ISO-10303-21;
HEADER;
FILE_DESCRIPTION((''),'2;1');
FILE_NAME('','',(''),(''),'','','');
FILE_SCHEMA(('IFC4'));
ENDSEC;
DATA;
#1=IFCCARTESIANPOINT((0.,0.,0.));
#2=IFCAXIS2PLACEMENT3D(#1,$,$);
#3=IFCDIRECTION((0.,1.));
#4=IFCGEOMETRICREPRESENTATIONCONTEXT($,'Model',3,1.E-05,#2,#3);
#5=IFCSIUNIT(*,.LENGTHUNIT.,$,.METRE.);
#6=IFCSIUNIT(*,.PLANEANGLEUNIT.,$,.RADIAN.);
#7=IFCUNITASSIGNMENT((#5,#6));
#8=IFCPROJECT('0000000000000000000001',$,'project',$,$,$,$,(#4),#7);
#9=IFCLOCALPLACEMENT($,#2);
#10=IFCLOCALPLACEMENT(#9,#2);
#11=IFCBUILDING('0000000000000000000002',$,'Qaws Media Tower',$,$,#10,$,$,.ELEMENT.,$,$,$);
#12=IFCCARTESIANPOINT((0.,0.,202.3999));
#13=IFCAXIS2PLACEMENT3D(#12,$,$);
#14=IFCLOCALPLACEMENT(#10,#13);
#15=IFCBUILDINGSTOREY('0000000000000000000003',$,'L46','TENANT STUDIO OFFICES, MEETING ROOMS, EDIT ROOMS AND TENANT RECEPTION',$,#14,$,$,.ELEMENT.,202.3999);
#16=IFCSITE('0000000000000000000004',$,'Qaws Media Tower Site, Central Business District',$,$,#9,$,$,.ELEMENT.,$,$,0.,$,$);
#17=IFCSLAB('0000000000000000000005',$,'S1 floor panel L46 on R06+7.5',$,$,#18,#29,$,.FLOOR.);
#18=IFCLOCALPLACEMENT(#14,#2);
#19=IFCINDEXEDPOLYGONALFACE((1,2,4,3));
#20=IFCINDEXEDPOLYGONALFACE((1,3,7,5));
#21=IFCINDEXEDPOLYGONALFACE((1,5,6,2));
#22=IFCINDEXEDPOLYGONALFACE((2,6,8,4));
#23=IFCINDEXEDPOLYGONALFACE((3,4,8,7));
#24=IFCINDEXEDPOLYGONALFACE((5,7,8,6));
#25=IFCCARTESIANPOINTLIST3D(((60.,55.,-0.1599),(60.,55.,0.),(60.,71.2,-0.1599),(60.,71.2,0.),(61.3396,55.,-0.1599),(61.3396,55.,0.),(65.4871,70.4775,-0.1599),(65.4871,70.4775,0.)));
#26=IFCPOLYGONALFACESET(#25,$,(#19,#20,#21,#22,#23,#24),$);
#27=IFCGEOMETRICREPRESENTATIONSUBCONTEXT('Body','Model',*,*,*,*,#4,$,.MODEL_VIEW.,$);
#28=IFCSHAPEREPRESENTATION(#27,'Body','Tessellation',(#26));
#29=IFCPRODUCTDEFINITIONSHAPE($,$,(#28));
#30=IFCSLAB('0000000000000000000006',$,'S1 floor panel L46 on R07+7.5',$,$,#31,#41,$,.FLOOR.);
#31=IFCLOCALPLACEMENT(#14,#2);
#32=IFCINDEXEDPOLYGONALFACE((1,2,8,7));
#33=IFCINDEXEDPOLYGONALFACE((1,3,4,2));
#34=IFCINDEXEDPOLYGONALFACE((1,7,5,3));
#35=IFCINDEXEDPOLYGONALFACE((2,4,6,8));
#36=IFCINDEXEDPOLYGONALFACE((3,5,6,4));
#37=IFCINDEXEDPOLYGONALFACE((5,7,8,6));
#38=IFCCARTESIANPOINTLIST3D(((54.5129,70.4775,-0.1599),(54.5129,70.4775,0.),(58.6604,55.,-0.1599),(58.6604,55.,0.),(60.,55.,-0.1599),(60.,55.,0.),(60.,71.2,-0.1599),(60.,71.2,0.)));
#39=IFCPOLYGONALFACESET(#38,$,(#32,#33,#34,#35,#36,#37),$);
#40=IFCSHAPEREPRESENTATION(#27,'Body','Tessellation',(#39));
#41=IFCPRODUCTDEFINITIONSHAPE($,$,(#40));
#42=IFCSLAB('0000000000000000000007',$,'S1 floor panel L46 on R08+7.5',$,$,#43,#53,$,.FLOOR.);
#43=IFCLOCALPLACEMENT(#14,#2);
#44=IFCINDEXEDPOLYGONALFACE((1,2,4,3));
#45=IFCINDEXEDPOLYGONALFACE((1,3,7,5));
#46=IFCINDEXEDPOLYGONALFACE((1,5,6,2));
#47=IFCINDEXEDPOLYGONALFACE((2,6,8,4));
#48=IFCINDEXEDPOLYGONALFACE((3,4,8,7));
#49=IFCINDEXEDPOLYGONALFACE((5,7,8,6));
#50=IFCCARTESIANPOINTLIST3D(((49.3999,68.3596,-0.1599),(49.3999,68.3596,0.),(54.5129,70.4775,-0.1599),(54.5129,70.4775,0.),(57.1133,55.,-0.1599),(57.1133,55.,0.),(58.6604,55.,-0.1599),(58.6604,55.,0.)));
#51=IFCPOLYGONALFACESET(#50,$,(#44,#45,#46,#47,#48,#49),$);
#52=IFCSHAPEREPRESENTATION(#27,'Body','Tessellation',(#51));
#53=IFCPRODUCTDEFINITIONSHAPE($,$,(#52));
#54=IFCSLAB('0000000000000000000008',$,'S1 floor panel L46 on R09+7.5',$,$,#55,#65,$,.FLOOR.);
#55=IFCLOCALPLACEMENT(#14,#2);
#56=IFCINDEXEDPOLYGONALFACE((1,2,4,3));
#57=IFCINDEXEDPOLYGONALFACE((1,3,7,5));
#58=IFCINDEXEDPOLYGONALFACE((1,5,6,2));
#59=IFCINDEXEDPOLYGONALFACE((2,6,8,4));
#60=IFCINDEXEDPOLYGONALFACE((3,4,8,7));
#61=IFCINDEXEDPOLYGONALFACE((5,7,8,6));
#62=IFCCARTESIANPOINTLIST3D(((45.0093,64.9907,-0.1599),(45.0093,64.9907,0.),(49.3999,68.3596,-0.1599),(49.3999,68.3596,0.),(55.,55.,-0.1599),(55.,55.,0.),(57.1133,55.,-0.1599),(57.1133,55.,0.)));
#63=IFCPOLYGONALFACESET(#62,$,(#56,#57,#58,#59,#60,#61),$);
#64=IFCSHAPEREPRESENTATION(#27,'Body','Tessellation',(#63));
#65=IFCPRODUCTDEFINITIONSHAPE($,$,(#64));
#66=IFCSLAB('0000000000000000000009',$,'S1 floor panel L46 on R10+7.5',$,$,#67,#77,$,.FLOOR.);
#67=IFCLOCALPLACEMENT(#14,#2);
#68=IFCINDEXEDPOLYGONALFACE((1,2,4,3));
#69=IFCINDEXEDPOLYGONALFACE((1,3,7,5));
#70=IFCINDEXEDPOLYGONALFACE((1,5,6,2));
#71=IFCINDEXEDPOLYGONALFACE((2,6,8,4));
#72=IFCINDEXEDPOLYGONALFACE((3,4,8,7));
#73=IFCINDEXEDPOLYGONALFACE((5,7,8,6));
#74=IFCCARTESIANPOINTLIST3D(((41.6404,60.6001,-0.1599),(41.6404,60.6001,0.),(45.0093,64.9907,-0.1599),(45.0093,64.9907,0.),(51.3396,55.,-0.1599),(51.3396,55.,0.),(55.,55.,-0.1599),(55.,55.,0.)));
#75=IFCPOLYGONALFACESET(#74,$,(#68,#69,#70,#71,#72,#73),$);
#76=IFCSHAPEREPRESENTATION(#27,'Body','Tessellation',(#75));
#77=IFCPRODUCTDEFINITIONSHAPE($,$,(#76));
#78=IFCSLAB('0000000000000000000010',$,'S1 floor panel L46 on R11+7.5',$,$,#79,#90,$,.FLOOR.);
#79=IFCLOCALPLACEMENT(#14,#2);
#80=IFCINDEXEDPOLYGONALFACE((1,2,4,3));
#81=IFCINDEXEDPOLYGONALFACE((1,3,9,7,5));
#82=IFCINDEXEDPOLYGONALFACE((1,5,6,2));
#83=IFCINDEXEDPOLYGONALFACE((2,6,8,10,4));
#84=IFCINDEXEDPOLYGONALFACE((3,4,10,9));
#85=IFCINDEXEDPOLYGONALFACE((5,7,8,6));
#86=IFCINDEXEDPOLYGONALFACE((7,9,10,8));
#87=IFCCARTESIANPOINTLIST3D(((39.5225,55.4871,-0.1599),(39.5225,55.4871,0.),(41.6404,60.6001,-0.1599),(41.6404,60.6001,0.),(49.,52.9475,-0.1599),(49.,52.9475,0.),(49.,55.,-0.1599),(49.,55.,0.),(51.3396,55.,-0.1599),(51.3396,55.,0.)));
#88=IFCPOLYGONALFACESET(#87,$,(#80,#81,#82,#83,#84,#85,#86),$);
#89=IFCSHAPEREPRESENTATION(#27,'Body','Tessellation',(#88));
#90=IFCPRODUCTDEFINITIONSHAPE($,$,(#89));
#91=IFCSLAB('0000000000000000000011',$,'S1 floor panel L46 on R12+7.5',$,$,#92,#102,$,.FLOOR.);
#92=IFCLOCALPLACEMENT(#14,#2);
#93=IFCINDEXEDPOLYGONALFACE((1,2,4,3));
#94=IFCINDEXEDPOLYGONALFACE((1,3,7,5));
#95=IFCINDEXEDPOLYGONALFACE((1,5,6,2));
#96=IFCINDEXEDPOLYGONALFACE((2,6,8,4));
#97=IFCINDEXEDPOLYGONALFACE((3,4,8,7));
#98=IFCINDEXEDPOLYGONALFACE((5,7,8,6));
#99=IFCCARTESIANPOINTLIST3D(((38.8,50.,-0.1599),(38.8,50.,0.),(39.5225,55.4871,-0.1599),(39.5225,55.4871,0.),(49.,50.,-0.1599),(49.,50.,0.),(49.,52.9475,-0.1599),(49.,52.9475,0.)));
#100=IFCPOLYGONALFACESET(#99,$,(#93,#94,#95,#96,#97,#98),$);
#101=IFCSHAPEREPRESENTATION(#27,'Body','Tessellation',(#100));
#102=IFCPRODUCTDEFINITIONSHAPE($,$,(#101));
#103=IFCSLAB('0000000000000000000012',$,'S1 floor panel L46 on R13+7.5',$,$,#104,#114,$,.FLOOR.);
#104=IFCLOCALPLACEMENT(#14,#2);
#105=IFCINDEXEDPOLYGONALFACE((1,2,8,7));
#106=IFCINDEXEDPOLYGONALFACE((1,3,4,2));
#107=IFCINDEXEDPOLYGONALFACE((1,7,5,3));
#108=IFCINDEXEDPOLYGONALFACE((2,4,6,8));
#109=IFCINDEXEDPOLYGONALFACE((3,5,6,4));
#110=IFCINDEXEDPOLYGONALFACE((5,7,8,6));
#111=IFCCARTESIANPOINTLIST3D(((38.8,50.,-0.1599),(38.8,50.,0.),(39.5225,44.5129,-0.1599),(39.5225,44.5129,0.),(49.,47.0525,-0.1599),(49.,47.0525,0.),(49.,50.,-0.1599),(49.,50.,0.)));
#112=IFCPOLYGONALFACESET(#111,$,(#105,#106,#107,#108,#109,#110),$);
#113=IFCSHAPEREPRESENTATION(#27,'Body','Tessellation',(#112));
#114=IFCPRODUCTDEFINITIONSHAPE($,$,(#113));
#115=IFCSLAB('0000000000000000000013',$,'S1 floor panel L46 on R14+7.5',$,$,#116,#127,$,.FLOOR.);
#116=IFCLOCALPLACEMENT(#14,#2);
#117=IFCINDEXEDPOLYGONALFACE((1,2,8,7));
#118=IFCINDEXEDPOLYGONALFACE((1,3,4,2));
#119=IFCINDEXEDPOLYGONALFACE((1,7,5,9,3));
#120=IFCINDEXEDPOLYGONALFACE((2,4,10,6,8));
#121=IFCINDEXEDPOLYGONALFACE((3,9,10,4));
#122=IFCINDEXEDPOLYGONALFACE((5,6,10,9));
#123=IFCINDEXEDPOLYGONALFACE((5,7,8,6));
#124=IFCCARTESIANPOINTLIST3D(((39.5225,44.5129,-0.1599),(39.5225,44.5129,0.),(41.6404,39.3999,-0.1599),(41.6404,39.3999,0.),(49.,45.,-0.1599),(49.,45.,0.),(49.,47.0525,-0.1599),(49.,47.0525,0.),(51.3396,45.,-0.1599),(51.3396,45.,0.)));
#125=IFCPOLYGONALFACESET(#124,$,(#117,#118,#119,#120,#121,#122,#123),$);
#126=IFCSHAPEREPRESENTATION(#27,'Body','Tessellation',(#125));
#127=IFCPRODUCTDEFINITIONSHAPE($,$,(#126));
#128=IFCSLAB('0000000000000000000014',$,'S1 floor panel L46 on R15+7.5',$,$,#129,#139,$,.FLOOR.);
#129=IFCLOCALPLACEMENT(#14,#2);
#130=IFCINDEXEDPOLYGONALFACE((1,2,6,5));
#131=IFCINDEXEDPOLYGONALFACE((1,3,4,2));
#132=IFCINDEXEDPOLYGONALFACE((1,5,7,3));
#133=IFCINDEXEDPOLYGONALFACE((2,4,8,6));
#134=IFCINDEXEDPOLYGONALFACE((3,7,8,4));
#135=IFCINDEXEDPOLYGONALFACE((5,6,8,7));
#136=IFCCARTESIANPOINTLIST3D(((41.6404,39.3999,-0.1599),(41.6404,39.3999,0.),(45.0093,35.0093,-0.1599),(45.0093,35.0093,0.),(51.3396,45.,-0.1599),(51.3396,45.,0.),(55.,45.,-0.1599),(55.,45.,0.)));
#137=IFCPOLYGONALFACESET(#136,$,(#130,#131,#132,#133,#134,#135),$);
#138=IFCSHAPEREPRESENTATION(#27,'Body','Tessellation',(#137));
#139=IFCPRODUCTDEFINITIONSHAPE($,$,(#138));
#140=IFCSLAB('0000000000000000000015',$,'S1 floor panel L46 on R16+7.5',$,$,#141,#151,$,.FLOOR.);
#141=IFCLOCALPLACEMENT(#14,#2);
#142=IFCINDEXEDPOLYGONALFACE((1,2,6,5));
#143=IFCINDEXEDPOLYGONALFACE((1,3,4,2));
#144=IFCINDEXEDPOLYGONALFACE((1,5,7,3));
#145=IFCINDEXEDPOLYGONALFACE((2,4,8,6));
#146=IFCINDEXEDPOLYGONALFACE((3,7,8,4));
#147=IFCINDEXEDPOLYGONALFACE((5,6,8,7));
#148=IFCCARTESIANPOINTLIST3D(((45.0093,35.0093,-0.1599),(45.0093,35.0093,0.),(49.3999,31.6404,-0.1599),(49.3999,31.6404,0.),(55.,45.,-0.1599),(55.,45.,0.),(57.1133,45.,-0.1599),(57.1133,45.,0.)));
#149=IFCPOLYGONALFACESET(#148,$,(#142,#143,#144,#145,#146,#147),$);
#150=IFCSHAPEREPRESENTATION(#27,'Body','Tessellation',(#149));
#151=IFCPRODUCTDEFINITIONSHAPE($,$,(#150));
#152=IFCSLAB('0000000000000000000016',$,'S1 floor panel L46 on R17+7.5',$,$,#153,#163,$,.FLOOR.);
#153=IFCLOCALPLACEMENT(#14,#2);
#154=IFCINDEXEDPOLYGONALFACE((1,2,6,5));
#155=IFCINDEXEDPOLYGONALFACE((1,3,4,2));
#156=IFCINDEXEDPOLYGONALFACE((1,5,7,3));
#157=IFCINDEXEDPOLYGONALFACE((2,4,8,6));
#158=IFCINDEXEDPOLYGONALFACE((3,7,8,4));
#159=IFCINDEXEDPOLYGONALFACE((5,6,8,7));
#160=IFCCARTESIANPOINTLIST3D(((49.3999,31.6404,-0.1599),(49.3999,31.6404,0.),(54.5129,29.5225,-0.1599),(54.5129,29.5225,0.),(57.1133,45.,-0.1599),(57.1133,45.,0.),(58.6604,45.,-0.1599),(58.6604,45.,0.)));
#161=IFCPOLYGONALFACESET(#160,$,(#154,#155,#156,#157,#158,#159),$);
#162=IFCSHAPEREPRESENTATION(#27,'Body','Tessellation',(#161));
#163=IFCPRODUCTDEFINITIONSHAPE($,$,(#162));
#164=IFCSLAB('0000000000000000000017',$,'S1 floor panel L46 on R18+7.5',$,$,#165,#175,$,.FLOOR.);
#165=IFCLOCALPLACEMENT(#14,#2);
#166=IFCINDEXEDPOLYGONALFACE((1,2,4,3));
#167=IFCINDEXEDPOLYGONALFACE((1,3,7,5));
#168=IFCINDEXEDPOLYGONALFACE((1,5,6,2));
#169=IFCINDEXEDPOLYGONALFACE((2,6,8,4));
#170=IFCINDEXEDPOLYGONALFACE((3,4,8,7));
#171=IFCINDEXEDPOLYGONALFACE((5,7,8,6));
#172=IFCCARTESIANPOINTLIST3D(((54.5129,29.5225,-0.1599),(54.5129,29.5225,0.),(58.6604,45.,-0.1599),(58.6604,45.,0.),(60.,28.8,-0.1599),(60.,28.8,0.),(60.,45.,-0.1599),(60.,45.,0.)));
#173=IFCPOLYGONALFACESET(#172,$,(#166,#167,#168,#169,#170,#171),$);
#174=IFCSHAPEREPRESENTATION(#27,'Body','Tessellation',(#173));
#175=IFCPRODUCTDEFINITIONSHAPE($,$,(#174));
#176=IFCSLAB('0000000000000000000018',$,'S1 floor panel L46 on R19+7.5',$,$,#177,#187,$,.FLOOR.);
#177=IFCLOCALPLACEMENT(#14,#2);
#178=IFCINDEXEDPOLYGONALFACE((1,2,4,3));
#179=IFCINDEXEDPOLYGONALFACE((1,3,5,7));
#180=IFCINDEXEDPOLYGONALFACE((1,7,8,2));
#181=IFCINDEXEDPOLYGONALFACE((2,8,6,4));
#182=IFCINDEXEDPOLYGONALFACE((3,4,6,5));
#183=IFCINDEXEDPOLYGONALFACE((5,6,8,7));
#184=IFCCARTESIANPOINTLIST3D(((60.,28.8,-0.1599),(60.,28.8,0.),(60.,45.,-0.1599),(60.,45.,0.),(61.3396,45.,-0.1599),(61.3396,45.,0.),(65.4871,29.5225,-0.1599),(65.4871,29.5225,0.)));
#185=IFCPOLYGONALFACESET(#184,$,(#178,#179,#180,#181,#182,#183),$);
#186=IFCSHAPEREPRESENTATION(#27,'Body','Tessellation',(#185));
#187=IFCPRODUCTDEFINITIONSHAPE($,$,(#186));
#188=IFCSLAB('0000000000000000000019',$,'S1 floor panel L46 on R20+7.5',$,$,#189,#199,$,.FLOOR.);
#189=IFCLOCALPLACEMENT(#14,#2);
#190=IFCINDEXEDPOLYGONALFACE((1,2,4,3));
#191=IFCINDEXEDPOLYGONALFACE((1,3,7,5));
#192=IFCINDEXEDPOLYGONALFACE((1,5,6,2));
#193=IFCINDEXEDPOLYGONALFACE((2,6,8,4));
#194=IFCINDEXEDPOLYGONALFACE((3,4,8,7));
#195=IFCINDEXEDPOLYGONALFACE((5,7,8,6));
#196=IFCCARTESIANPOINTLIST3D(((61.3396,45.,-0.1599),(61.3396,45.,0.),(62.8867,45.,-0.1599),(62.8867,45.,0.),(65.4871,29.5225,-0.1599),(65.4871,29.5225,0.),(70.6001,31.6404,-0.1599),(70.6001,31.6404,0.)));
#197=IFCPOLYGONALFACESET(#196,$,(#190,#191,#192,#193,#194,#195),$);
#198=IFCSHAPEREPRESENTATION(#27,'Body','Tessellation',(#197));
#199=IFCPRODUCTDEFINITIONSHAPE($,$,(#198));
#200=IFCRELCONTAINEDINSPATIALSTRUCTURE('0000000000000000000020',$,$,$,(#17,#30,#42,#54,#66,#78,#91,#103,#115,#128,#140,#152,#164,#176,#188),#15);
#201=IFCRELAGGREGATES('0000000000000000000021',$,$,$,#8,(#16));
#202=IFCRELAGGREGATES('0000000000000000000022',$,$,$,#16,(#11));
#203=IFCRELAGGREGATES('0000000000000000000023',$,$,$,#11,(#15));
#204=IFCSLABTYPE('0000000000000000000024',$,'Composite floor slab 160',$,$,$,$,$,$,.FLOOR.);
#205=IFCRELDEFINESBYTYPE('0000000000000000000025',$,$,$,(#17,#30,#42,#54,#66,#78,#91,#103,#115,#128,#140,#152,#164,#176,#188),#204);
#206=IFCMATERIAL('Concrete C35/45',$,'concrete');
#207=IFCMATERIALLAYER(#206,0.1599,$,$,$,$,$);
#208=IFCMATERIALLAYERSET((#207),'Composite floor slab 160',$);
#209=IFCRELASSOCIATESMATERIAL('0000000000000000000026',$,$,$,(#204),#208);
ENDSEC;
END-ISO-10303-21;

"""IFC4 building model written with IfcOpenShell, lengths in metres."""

from ifc_helpers import new_model, si_unit, direction, frame, origin, place, context, subcontext, project, spatial, polyline, outline, extrude, material, layer, layer_set, type_object, element, save


model = new_model("IFC4")

# Units and contexts
model_context = context("Model", 3, precision=1e-05, world=origin(), true_north=direction((0.0, 1.0)))
body_context = subcontext(model_context, "Body", "Model", "MODEL_VIEW")
ifc_project = project(units=[si_unit("LENGTHUNIT", "METRE"), si_unit("PLANEANGLEUNIT", "RADIAN")], contexts=[model_context])

# Site, building, storey
site_placement = place(None, origin())
site = spatial("IfcSite", under=ifc_project, at=site_placement, Name="Qaws Media Tower Site, Central Business District", CompositionType="ELEMENT", RefElevation=0.0)
building_placement = place(site_placement, origin())
building = spatial("IfcBuilding", under=site, at=building_placement, Name="Qaws Media Tower", CompositionType="ELEMENT")
storey_placement = place(building_placement, frame((0.0, 0.0, 202.3999)))
storey = spatial("IfcBuildingStorey", under=building, at=storey_placement, Name="L46", Description="TENANT STUDIO OFFICES, MEETING ROOMS, EDIT ROOMS AND TENANT RECEPTION", CompositionType="ELEMENT", Elevation=202.3999)

# Slabs
ifc_material_1 = material(Name="Concrete C35/45", Category="concrete")
ifc_layer_1 = layer(ifc_material_1, 0.1599)
ifc_layer_set_1 = layer_set([ifc_layer_1], Name="Composite floor slab 160")
slab_type_1 = type_object("IfcSlabType", Name="Composite floor slab 160", PredefinedType="FLOOR", material=ifc_layer_set_1)
slab_1_placement = place(storey_placement, frame((0.0, 0.0, -0.1599)))
element("IfcSlab", 1, at=slab_1_placement, inside=storey, type_object=slab_type_1, Name="S1 floor panel L46 on R06+7.5", PredefinedType="FLOOR", context=body_context, shape_type="SweptSolid", body=[
    extrude(outline(polyline([(65.4871, 70.4775), (61.3396, 55.0), (60.0, 55.0), (60.0, 71.2), (65.4871, 70.4775)])), origin(), (0.0, 0.0, 1.0), 0.1599),
])
slab_2_placement = place(storey_placement, frame((0.0, 0.0, -0.1599)))
element("IfcSlab", 2, at=slab_2_placement, inside=storey, type_object=slab_type_1, Name="S1 floor panel L46 on R07+7.5", PredefinedType="FLOOR", context=body_context, shape_type="SweptSolid", body=[
    extrude(outline(polyline([(60.0, 71.2), (60.0, 55.0), (58.6604, 55.0), (54.5129, 70.4775), (60.0, 71.2)])), origin(), (0.0, 0.0, 1.0), 0.1599),
])
slab_3_placement = place(storey_placement, frame((0.0, 0.0, -0.1599)))
element("IfcSlab", 3, at=slab_3_placement, inside=storey, type_object=slab_type_1, Name="S1 floor panel L46 on R08+7.5", PredefinedType="FLOOR", context=body_context, shape_type="SweptSolid", body=[
    extrude(outline(polyline([(49.3999, 68.3596), (54.5129, 70.4775), (58.6604, 55.0), (57.1133, 55.0), (49.3999, 68.3596)])), origin(), (0.0, 0.0, 1.0), 0.1599),
])
slab_4_placement = place(storey_placement, frame((0.0, 0.0, -0.1599)))
element("IfcSlab", 4, at=slab_4_placement, inside=storey, type_object=slab_type_1, Name="S1 floor panel L46 on R09+7.5", PredefinedType="FLOOR", context=body_context, shape_type="SweptSolid", body=[
    extrude(outline(polyline([(49.3999, 68.3596), (57.1133, 55.0), (55.0, 55.0), (45.0093, 64.9907), (49.3999, 68.3596)])), origin(), (0.0, 0.0, 1.0), 0.1599),
])
slab_5_placement = place(storey_placement, frame((0.0, 0.0, -0.1599)))
element("IfcSlab", 5, at=slab_5_placement, inside=storey, type_object=slab_type_1, Name="S1 floor panel L46 on R10+7.5", PredefinedType="FLOOR", context=body_context, shape_type="SweptSolid", body=[
    extrude(outline(polyline([(41.6404, 60.6001), (45.0093, 64.9907), (55.0, 55.0), (51.3396, 55.0), (41.6404, 60.6001)])), origin(), (0.0, 0.0, 1.0), 0.1599),
])
slab_6_placement = place(storey_placement, frame((0.0, 0.0, -0.1599)))
element("IfcSlab", 6, at=slab_6_placement, inside=storey, type_object=slab_type_1, Name="S1 floor panel L46 on R11+7.5", PredefinedType="FLOOR", context=body_context, shape_type="SweptSolid", body=[
    extrude(outline(polyline([(39.5225, 55.4871), (41.6404, 60.6001), (51.3396, 55.0), (49.0, 55.0), (49.0, 52.9475), (39.5225, 55.4871)])), origin(), (0.0, 0.0, 1.0), 0.1599),
])
slab_7_placement = place(storey_placement, frame((0.0, 0.0, -0.1599)))
element("IfcSlab", 7, at=slab_7_placement, inside=storey, type_object=slab_type_1, Name="S1 floor panel L46 on R12+7.5", PredefinedType="FLOOR", context=body_context, shape_type="SweptSolid", body=[
    extrude(outline(polyline([(39.5225, 55.4871), (49.0, 52.9475), (49.0, 50.0), (38.8, 50.0), (39.5225, 55.4871)])), origin(), (0.0, 0.0, 1.0), 0.1599),
])
slab_8_placement = place(storey_placement, frame((0.0, 0.0, -0.1599)))
element("IfcSlab", 8, at=slab_8_placement, inside=storey, type_object=slab_type_1, Name="S1 floor panel L46 on R13+7.5", PredefinedType="FLOOR", context=body_context, shape_type="SweptSolid", body=[
    extrude(outline(polyline([(38.8, 50.0), (49.0, 50.0), (49.0, 47.0525), (39.5225, 44.5129), (38.8, 50.0)])), origin(), (0.0, 0.0, 1.0), 0.1599),
])
slab_9_placement = place(storey_placement, frame((0.0, 0.0, -0.1599)))
element("IfcSlab", 9, at=slab_9_placement, inside=storey, type_object=slab_type_1, Name="S1 floor panel L46 on R14+7.5", PredefinedType="FLOOR", context=body_context, shape_type="SweptSolid", body=[
    extrude(outline(polyline([(41.6404, 39.3999), (39.5225, 44.5129), (49.0, 47.0525), (49.0, 45.0), (51.3396, 45.0), (41.6404, 39.3999)])), origin(), (0.0, 0.0, 1.0), 0.1599),
])
slab_10_placement = place(storey_placement, frame((0.0, 0.0, -0.1599)))
element("IfcSlab", 10, at=slab_10_placement, inside=storey, type_object=slab_type_1, Name="S1 floor panel L46 on R15+7.5", PredefinedType="FLOOR", context=body_context, shape_type="SweptSolid", body=[
    extrude(outline(polyline([(41.6404, 39.3999), (51.3396, 45.0), (55.0, 45.0), (45.0093, 35.0093), (41.6404, 39.3999)])), origin(), (0.0, 0.0, 1.0), 0.1599),
])
slab_11_placement = place(storey_placement, frame((0.0, 0.0, -0.1599)))
element("IfcSlab", 11, at=slab_11_placement, inside=storey, type_object=slab_type_1, Name="S1 floor panel L46 on R16+7.5", PredefinedType="FLOOR", context=body_context, shape_type="SweptSolid", body=[
    extrude(outline(polyline([(45.0093, 35.0093), (55.0, 45.0), (57.1133, 45.0), (49.3999, 31.6404), (45.0093, 35.0093)])), origin(), (0.0, 0.0, 1.0), 0.1599),
])
slab_12_placement = place(storey_placement, frame((0.0, 0.0, -0.1599)))
element("IfcSlab", 12, at=slab_12_placement, inside=storey, type_object=slab_type_1, Name="S1 floor panel L46 on R17+7.5", PredefinedType="FLOOR", context=body_context, shape_type="SweptSolid", body=[
    extrude(outline(polyline([(54.5129, 29.5225), (49.3999, 31.6404), (57.1133, 45.0), (58.6604, 45.0), (54.5129, 29.5225)])), origin(), (0.0, 0.0, 1.0), 0.1599),
])
slab_13_placement = place(storey_placement, frame((0.0, 0.0, -0.1599)))
element("IfcSlab", 13, at=slab_13_placement, inside=storey, type_object=slab_type_1, Name="S1 floor panel L46 on R18+7.5", PredefinedType="FLOOR", context=body_context, shape_type="SweptSolid", body=[
    extrude(outline(polyline([(54.5129, 29.5225), (58.6604, 45.0), (60.0, 45.0), (60.0, 28.8), (54.5129, 29.5225)])), origin(), (0.0, 0.0, 1.0), 0.1599),
])
slab_14_placement = place(storey_placement, frame((0.0, 0.0, -0.1599)))
element("IfcSlab", 14, at=slab_14_placement, inside=storey, type_object=slab_type_1, Name="S1 floor panel L46 on R19+7.5", PredefinedType="FLOOR", context=body_context, shape_type="SweptSolid", body=[
    extrude(outline(polyline([(60.0, 28.8), (60.0, 45.0), (61.3396, 45.0), (65.4871, 29.5225), (60.0, 28.8)])), origin(), (0.0, 0.0, 1.0), 0.1599),
])
slab_15_placement = place(storey_placement, frame((0.0, 0.0, -0.1599)))
element("IfcSlab", 15, at=slab_15_placement, inside=storey, type_object=slab_type_1, Name="S1 floor panel L46 on R20+7.5", PredefinedType="FLOOR", context=body_context, shape_type="SweptSolid", body=[
    extrude(outline(polyline([(70.6001, 31.6404), (65.4871, 29.5225), (61.3396, 45.0), (62.8867, 45.0), (70.6001, 31.6404)])), origin(), (0.0, 0.0, 1.0), 0.1599),
])

save(model, "model.ifc")
